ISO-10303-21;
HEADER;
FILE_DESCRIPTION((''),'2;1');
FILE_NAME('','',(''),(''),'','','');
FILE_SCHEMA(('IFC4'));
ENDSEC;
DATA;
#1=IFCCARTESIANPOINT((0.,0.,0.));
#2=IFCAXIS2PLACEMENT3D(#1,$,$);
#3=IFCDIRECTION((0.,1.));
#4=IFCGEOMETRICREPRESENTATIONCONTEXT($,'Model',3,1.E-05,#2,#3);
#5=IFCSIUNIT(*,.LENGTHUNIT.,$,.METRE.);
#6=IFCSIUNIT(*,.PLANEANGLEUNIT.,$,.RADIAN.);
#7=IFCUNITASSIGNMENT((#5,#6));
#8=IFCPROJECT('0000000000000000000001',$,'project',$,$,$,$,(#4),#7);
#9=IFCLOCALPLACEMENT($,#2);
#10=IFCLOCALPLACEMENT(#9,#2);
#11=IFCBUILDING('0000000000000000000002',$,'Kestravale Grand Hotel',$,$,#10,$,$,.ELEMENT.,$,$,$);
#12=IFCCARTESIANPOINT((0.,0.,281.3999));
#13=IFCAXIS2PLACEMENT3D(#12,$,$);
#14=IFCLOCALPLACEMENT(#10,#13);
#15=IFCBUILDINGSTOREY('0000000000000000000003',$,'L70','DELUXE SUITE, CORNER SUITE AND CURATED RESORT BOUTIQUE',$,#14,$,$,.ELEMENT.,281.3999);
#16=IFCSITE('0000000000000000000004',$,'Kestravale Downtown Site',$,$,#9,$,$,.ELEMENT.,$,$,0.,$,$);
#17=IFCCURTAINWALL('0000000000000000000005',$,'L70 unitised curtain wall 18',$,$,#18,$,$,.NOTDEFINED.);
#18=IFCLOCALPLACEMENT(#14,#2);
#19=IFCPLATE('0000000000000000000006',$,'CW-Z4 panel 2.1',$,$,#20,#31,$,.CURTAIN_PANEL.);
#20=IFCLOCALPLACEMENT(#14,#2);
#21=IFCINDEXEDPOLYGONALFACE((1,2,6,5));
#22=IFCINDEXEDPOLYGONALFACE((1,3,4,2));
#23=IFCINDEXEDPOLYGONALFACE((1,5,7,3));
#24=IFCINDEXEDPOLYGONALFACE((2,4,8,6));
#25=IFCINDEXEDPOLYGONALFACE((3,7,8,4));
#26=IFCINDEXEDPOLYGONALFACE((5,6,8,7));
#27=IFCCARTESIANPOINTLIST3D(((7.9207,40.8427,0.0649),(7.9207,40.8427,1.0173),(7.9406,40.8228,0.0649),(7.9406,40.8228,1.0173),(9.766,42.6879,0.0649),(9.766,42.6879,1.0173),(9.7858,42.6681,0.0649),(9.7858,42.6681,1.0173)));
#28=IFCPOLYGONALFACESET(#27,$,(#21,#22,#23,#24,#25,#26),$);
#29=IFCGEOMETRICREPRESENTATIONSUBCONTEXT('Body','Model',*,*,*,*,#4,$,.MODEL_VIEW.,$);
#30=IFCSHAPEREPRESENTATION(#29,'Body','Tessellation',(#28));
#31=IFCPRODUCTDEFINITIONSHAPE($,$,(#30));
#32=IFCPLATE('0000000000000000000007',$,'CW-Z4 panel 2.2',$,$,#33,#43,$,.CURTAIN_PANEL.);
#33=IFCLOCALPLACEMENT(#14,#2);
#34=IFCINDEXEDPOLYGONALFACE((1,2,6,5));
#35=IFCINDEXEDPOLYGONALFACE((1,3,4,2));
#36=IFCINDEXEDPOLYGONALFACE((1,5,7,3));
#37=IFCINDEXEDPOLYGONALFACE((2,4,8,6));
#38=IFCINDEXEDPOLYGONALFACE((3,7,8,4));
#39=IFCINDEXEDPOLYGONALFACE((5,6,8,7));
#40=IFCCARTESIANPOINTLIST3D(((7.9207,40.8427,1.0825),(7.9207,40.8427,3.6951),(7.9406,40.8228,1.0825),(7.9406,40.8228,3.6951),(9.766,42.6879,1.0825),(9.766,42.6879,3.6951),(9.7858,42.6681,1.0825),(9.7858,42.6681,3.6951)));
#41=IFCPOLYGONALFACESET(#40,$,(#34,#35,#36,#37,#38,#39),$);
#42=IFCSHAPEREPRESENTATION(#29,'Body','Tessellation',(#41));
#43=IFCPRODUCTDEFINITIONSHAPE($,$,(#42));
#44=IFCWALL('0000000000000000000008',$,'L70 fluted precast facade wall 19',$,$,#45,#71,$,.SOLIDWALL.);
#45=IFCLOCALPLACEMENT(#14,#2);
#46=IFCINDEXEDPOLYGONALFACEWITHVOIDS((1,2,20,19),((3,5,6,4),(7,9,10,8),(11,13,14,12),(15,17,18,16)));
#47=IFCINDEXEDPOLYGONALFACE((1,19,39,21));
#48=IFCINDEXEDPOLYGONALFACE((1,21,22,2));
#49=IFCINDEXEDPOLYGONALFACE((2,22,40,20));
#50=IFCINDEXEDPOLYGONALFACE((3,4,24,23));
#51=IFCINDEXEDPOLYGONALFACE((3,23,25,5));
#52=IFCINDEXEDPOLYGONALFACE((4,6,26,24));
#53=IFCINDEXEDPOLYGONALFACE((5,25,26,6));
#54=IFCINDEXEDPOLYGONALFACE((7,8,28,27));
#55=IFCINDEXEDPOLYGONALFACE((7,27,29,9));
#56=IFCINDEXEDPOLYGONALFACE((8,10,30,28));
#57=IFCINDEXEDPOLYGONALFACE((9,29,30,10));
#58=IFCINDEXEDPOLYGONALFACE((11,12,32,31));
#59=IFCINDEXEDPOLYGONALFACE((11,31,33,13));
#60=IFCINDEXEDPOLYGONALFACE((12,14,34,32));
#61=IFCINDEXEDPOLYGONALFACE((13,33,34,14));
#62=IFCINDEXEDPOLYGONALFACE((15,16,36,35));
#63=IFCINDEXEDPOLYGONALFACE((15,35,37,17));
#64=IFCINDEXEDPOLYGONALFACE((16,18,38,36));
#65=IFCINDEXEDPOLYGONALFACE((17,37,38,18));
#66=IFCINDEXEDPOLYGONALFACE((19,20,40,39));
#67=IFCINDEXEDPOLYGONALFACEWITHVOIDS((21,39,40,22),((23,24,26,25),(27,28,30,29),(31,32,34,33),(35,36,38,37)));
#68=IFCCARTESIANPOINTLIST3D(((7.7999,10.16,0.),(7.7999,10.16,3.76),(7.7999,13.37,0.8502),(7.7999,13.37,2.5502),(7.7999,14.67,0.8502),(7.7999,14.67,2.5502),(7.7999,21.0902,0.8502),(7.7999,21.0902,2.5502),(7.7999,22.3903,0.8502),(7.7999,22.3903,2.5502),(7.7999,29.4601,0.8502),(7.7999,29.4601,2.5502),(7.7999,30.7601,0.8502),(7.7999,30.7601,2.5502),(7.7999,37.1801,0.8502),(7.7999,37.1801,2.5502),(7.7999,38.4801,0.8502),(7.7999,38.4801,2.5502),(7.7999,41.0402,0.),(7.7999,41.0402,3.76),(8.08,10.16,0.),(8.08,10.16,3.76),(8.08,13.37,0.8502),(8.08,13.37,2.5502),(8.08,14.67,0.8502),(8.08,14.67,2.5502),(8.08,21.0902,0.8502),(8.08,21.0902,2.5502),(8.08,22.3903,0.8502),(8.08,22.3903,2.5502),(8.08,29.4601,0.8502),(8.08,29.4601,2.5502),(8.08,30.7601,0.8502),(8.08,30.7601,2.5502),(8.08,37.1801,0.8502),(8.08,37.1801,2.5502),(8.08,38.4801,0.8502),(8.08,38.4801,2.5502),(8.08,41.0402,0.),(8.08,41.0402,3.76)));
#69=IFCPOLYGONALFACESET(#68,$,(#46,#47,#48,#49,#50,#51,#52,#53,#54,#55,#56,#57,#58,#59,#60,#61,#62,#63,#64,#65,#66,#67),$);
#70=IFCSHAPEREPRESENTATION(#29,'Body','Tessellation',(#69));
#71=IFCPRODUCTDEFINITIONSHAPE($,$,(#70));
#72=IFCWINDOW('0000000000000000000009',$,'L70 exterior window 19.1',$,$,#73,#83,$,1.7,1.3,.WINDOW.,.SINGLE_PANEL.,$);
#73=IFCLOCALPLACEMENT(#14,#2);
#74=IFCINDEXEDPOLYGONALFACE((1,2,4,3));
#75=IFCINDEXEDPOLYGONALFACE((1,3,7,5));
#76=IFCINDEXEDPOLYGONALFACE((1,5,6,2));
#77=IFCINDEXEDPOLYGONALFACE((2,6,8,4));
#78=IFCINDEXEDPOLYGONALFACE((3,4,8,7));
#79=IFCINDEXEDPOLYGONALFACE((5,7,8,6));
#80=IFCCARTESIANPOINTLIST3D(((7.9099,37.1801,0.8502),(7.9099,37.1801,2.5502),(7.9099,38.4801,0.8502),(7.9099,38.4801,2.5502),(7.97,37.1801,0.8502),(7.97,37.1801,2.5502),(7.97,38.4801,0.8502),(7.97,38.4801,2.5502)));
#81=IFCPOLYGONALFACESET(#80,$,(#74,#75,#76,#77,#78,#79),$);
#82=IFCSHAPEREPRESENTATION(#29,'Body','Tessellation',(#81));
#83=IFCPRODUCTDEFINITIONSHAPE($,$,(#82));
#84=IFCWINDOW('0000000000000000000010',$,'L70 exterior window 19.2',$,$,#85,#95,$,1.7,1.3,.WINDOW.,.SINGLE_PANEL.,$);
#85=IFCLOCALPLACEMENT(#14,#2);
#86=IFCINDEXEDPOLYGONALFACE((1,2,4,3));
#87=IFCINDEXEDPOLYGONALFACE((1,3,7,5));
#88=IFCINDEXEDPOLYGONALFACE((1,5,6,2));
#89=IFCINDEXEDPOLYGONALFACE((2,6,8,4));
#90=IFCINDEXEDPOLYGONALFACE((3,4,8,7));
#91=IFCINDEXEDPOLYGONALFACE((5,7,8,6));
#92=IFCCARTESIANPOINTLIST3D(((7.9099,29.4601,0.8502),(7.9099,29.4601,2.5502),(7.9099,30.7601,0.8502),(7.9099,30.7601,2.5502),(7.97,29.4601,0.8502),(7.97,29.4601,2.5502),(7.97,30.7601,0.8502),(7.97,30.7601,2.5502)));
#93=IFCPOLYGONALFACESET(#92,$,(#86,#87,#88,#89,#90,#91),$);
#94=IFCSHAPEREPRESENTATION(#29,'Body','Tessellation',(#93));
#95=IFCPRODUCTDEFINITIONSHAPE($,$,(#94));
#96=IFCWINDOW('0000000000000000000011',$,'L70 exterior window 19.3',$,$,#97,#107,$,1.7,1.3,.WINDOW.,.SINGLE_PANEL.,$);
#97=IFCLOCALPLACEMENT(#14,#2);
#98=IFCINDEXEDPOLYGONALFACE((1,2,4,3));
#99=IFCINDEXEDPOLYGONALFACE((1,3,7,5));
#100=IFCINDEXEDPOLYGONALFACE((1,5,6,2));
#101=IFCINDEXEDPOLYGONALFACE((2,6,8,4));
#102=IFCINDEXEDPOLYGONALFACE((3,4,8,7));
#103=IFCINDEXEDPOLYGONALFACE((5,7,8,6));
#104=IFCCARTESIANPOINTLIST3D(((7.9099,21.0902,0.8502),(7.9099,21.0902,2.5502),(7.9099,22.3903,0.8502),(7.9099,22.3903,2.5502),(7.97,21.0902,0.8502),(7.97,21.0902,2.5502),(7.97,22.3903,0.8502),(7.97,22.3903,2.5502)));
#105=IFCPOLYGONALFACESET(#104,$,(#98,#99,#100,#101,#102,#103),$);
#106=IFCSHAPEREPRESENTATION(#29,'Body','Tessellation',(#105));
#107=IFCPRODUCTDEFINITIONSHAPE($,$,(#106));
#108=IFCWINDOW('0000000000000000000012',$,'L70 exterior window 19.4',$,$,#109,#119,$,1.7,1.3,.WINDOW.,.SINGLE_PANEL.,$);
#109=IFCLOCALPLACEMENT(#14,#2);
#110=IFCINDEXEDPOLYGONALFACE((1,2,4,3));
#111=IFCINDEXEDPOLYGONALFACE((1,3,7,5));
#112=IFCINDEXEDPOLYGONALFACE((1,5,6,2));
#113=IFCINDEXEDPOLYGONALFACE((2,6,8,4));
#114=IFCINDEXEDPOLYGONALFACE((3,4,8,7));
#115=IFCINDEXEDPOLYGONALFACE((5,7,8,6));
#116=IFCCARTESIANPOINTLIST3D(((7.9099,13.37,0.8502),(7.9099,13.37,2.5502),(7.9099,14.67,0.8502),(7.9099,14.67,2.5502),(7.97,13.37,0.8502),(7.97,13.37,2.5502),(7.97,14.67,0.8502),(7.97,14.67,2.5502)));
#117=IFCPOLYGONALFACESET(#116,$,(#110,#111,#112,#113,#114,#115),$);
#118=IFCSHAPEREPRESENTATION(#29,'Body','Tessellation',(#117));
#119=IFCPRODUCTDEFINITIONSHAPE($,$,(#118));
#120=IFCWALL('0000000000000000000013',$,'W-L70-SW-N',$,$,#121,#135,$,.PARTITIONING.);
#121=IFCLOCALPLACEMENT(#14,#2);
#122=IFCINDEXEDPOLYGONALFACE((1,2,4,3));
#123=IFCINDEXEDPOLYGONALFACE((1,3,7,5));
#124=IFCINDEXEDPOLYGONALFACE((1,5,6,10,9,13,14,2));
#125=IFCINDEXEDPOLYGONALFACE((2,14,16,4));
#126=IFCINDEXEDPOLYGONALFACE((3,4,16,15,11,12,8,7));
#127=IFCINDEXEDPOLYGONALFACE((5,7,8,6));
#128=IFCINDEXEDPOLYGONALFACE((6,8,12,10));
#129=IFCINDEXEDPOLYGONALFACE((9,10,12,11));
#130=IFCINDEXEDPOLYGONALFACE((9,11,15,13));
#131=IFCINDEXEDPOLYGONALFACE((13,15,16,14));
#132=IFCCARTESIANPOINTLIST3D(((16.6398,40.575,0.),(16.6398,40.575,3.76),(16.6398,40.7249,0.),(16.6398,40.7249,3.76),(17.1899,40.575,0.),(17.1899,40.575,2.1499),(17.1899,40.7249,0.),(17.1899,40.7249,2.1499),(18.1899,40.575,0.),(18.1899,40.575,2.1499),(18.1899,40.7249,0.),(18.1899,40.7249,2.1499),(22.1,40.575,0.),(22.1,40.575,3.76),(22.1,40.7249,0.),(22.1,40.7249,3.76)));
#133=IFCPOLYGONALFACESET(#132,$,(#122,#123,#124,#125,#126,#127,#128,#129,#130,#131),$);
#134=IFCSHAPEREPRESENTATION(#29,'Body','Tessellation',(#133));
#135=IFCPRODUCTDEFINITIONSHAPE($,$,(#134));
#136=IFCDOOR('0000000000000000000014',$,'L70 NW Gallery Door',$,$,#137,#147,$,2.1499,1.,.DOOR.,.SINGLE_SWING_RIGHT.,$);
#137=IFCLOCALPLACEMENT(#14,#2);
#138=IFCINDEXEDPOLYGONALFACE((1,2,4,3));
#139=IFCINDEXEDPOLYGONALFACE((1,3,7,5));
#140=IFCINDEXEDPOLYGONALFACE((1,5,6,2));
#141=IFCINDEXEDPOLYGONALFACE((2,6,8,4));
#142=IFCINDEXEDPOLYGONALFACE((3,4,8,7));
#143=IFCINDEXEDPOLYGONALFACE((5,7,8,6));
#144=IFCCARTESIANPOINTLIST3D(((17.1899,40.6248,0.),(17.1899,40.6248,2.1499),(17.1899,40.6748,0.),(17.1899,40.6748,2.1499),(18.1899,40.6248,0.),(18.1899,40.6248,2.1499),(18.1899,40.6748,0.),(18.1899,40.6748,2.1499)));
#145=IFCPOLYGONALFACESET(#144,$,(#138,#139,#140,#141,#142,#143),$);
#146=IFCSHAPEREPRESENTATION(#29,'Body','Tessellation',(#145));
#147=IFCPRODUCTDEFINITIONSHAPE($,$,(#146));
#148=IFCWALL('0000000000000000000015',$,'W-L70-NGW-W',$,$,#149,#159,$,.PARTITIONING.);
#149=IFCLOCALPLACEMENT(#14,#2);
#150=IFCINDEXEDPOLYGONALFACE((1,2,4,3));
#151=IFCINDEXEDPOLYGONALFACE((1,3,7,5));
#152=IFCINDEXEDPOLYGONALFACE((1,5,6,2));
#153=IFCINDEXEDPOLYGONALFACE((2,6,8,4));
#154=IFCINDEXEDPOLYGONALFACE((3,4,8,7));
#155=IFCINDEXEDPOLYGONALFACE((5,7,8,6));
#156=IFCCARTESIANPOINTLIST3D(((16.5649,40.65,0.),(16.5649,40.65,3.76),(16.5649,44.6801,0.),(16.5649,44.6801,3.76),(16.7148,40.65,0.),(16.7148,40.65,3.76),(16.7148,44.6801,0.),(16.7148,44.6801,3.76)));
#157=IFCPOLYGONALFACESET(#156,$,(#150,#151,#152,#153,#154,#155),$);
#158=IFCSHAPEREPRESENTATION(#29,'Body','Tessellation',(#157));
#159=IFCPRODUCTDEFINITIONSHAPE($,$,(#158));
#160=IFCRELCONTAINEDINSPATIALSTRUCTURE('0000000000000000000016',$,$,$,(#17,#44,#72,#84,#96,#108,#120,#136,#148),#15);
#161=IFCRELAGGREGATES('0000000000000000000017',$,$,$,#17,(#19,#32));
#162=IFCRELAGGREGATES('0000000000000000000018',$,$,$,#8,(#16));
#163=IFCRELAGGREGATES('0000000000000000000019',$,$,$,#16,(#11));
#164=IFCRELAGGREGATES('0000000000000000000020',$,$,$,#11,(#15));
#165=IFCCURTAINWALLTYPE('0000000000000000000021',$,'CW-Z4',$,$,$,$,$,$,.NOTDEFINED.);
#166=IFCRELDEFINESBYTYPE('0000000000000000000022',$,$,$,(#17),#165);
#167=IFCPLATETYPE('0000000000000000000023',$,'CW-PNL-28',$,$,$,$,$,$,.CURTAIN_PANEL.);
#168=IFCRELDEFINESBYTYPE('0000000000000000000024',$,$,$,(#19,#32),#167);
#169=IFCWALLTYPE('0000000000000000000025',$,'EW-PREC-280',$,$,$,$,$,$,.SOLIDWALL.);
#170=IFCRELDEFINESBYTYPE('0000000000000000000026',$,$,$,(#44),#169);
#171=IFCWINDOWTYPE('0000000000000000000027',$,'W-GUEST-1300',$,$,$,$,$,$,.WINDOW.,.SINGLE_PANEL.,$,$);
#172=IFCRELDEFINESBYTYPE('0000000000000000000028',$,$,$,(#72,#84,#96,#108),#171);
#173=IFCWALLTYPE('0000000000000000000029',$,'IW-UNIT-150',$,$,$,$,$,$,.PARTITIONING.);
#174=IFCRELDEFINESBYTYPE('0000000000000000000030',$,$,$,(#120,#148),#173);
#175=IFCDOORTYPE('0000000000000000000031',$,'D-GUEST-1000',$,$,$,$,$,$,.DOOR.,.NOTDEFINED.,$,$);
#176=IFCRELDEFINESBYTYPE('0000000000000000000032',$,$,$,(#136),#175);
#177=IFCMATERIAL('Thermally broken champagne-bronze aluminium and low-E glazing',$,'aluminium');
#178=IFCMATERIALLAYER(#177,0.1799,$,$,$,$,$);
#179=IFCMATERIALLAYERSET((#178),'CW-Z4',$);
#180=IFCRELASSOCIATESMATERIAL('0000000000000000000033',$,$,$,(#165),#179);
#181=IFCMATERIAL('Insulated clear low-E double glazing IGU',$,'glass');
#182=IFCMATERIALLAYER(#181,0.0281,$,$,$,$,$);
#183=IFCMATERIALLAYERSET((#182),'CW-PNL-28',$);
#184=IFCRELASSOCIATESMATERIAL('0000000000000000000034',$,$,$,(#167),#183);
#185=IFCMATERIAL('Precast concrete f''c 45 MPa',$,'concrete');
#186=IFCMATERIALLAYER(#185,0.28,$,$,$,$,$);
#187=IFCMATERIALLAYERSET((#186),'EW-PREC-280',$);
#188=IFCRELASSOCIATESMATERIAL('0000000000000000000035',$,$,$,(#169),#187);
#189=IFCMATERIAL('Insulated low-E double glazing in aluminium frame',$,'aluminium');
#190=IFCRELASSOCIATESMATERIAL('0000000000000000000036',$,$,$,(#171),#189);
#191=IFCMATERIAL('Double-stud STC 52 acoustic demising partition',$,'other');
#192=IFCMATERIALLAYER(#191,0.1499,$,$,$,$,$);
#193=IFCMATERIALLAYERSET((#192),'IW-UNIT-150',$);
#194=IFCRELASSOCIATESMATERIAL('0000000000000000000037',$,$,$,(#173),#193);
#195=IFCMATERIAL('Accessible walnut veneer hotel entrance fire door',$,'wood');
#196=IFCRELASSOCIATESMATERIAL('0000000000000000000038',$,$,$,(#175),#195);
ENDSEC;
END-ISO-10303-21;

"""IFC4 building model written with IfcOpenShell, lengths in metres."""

from ifc_helpers import new_model, si_unit, direction, frame, frame_2d, origin, origin_2d, place, context, subcontext, project, spatial, rectangle, extrude, material, layer, layer_set, type_object, element, fill, aggregate, save


model = new_model("IFC4")

# Units and contexts
model_context = context("Model", 3, precision=1e-05, world=origin(), true_north=direction((0.0, 1.0)))
body_context = subcontext(model_context, "Body", "Model", "MODEL_VIEW")
ifc_project = project(units=[si_unit("LENGTHUNIT", "METRE"), si_unit("PLANEANGLEUNIT", "RADIAN")], contexts=[model_context])

# Site, building, storey
site_placement = place(None, origin())
site = spatial("IfcSite", under=ifc_project, at=site_placement, Name="Kestravale Downtown Site", CompositionType="ELEMENT", RefElevation=0.0)
building_placement = place(site_placement, origin())
building = spatial("IfcBuilding", under=site, at=building_placement, Name="Kestravale Grand Hotel", CompositionType="ELEMENT")
storey_placement = place(building_placement, frame((0.0, 0.0, 281.3999)))
storey = spatial("IfcBuildingStorey", under=building, at=storey_placement, Name="L70", Description="DELUXE SUITE, CORNER SUITE AND CURATED RESORT BOUTIQUE", CompositionType="ELEMENT", Elevation=281.3999)

# Curtain wall, plates
ifc_material_1 = material(Name="Thermally broken champagne-bronze aluminium and low-E glazing", Category="aluminium")
ifc_layer_1 = layer(ifc_material_1, 0.1799)
ifc_layer_set_1 = layer_set([ifc_layer_1], Name="CW-Z4")
curtain_wall_type = type_object("IfcCurtainWallType", Name="CW-Z4", PredefinedType="NOTDEFINED", material=ifc_layer_set_1)
curtain_wall_placement = place(storey_placement, origin())
curtain_wall = element("IfcCurtainWall", 1, at=curtain_wall_placement, inside=storey, type_object=curtain_wall_type, Name="L70 unitised curtain wall 18", PredefinedType="NOTDEFINED")
ifc_material_2 = material(Name="Insulated clear low-E double glazing IGU", Category="glass")
ifc_layer_2 = layer(ifc_material_2, 0.0281)
ifc_layer_set_2 = layer_set([ifc_layer_2], Name="CW-PNL-28")
plate_type = type_object("IfcPlateType", Name="CW-PNL-28", PredefinedType="CURTAIN_PANEL", material=ifc_layer_set_2)
plate_1_placement = place(storey_placement, frame((8.8533, 41.7554, 0.0649), z_axis=(0.0, 0.0, 1.0), x_axis=(-0.707107, -0.707107, 0.0)))
plate_1 = element("IfcPlate", 2, at=plate_1_placement, type_object=plate_type, Name="CW-Z4 panel 2.1", PredefinedType="CURTAIN_PANEL", context=body_context, shape_type="SweptSolid", body=[
    extrude(rectangle(XDim=2.6096, YDim=0.0281, at=origin_2d()), origin(), (0.0, 0.0, 1.0), 0.9524),
])
plate_2_placement = place(storey_placement, frame((8.8533, 41.7554, 1.0825), z_axis=(0.0, 0.0, 1.0), x_axis=(-0.707107, -0.707107, 0.0)))
plate_2 = element("IfcPlate", 3, at=plate_2_placement, type_object=plate_type, Name="CW-Z4 panel 2.2", PredefinedType="CURTAIN_PANEL", context=body_context, shape_type="SweptSolid", body=[
    extrude(rectangle(XDim=2.6096, YDim=0.0281, at=origin_2d()), origin(), (0.0, 0.0, 1.0), 2.6125),
])
aggregate(curtain_wall, [plate_1, plate_2])

# Wall, openings, windows
ifc_material_3 = material(Name="Precast concrete f'c 45 MPa", Category="concrete")
ifc_layer_3 = layer(ifc_material_3, 0.28)
ifc_layer_set_3 = layer_set([ifc_layer_3], Name="EW-PREC-280")
wall_type_1 = type_object("IfcWallType", Name="EW-PREC-280", PredefinedType="SOLIDWALL", material=ifc_layer_set_3)
wall_1_placement = place(storey_placement, frame((7.9399, 41.04, 0.0), z_axis=(0.0, 0.0, 1.0), x_axis=(0.0, -1.0, 0.0)))
wall_1 = element("IfcWall", 4, at=wall_1_placement, inside=storey, type_object=wall_type_1, Name="L70 fluted precast facade wall 19", PredefinedType="SOLIDWALL", context=body_context, shape_type="SweptSolid", body=[
    extrude(rectangle(XDim=30.8801, YDim=0.28, at=frame_2d((15.4399, 0.0))), origin(), (0.0, 0.0, 1.0), 3.76),
])
opening_1_placement = place(wall_1_placement, frame((2.5601, 0.0, 0.8501)))
opening_1 = element("IfcOpeningElement", 5, at=opening_1_placement, cuts=wall_1, PredefinedType="OPENING", context=body_context, shape_type="SweptSolid", body=[
    extrude(rectangle(XDim=1.3, YDim=1.7, at=frame_2d((0.6499, 0.8501))), frame((0.0, 0.1499, 0.0), z_axis=(0.0, -1.0, 0.0), x_axis=(1.0, 0.0, 0.0)), (0.0, 0.0, 1.0), 0.3),
])
opening_2_placement = place(wall_1_placement, frame((10.28, 0.0, 0.8501)))
opening_2 = element("IfcOpeningElement", 6, at=opening_2_placement, cuts=wall_1, PredefinedType="OPENING", context=body_context, shape_type="SweptSolid", body=[
    extrude(rectangle(XDim=1.3, YDim=1.7, at=frame_2d((0.6499, 0.8501))), frame((0.0, 0.1499, 0.0), z_axis=(0.0, -1.0, 0.0), x_axis=(1.0, 0.0, 0.0)), (0.0, 0.0, 1.0), 0.3),
])
opening_3_placement = place(wall_1_placement, frame((18.6499, 0.0, 0.8501)))
opening_3 = element("IfcOpeningElement", 7, at=opening_3_placement, cuts=wall_1, PredefinedType="OPENING", context=body_context, shape_type="SweptSolid", body=[
    extrude(rectangle(XDim=1.3, YDim=1.7, at=frame_2d((0.6499, 0.8501))), frame((0.0, 0.1499, 0.0), z_axis=(0.0, -1.0, 0.0), x_axis=(1.0, 0.0, 0.0)), (0.0, 0.0, 1.0), 0.3),
])
opening_4_placement = place(wall_1_placement, frame((26.3701, 0.0, 0.8501)))
opening_4 = element("IfcOpeningElement", 8, at=opening_4_placement, cuts=wall_1, PredefinedType="OPENING", context=body_context, shape_type="SweptSolid", body=[
    extrude(rectangle(XDim=1.3, YDim=1.7, at=frame_2d((0.6499, 0.8501))), frame((0.0, 0.1499, 0.0), z_axis=(0.0, -1.0, 0.0), x_axis=(1.0, 0.0, 0.0)), (0.0, 0.0, 1.0), 0.3),
])
ifc_material_4 = material(Name="Insulated low-E double glazing in aluminium frame", Category="aluminium")
window_type = type_object("IfcWindowType", Name="W-GUEST-1300", PartitioningType="SINGLE_PANEL", PredefinedType="WINDOW", material=ifc_material_4)
window_1_placement = place(opening_1_placement, origin())
window_1 = element("IfcWindow", 9, at=window_1_placement, inside=storey, type_object=window_type, Name="L70 exterior window 19.1", OverallHeight=1.7, OverallWidth=1.3, PartitioningType="SINGLE_PANEL", PredefinedType="WINDOW", context=body_context, shape_type="SweptSolid", body=[
    extrude(rectangle(XDim=1.3, YDim=1.7, at=frame_2d((0.6499, 0.8501))), frame((0.0, 0.03, 0.0), z_axis=(0.0, -1.0, 0.0), x_axis=(1.0, 0.0, 0.0)), (0.0, 0.0, 1.0), 0.0601),
])
fill(opening_1, window_1)
window_2_placement = place(opening_2_placement, origin())
window_2 = element("IfcWindow", 10, at=window_2_placement, inside=storey, type_object=window_type, Name="L70 exterior window 19.2", OverallHeight=1.7, OverallWidth=1.3, PartitioningType="SINGLE_PANEL", PredefinedType="WINDOW", context=body_context, shape_type="SweptSolid", body=[
    extrude(rectangle(XDim=1.3, YDim=1.7, at=frame_2d((0.6499, 0.8501))), frame((0.0, 0.03, 0.0), z_axis=(0.0, -1.0, 0.0), x_axis=(1.0, 0.0, 0.0)), (0.0, 0.0, 1.0), 0.0601),
])
fill(opening_2, window_2)
window_3_placement = place(opening_3_placement, origin())
window_3 = element("IfcWindow", 11, at=window_3_placement, inside=storey, type_object=window_type, Name="L70 exterior window 19.3", OverallHeight=1.7, OverallWidth=1.3, PartitioningType="SINGLE_PANEL", PredefinedType="WINDOW", context=body_context, shape_type="SweptSolid", body=[
    extrude(rectangle(XDim=1.3, YDim=1.7, at=frame_2d((0.6499, 0.8501))), frame((0.0, 0.03, 0.0), z_axis=(0.0, -1.0, 0.0), x_axis=(1.0, 0.0, 0.0)), (0.0, 0.0, 1.0), 0.0601),
])
fill(opening_3, window_3)
window_4_placement = place(opening_4_placement, origin())
window_4 = element("IfcWindow", 12, at=window_4_placement, inside=storey, type_object=window_type, Name="L70 exterior window 19.4", OverallHeight=1.7, OverallWidth=1.3, PartitioningType="SINGLE_PANEL", PredefinedType="WINDOW", context=body_context, shape_type="SweptSolid", body=[
    extrude(rectangle(XDim=1.3, YDim=1.7, at=frame_2d((0.6499, 0.8501))), frame((0.0, 0.03, 0.0), z_axis=(0.0, -1.0, 0.0), x_axis=(1.0, 0.0, 0.0)), (0.0, 0.0, 1.0), 0.0601),
])
fill(opening_4, window_4)

# Wall, opening, door
ifc_material_5 = material(Name="Double-stud STC 52 acoustic demising partition", Category="other")
ifc_layer_4 = layer(ifc_material_5, 0.1499)
ifc_layer_set_4 = layer_set([ifc_layer_4], Name="IW-UNIT-150")
wall_type_2 = type_object("IfcWallType", Name="IW-UNIT-150", PredefinedType="PARTITIONING", material=ifc_layer_set_4)
wall_2_placement = place(storey_placement, frame((16.6399, 40.6499, 0.0), z_axis=(0.0, 0.0, 1.0), x_axis=(1.0, 0.0, 0.0)))
wall_2 = element("IfcWall", 13, at=wall_2_placement, inside=storey, type_object=wall_type_2, Name="W-L70-SW-N", PredefinedType="PARTITIONING", context=body_context, shape_type="SweptSolid", body=[
    extrude(rectangle(XDim=5.4602, YDim=0.1499, at=frame_2d((2.73, 0.0))), origin(), (0.0, 0.0, 1.0), 3.76),
])
opening_5_placement = place(wall_2_placement, frame((0.55, 0.0, 0.0)))
opening_5 = element("IfcOpeningElement", 14, at=opening_5_placement, cuts=wall_2, PredefinedType="OPENING", context=body_context, shape_type="SweptSolid", body=[
    extrude(rectangle(XDim=1.0, YDim=2.1499, at=frame_2d((0.5, 1.075))), frame((0.0, 0.085, 0.0), z_axis=(0.0, -1.0, 0.0), x_axis=(1.0, 0.0, 0.0)), (0.0, 0.0, 1.0), 0.1699),
])
ifc_material_6 = material(Name="Accessible walnut veneer hotel entrance fire door", Category="wood")
door_type = type_object("IfcDoorType", Name="D-GUEST-1000", OperationType="NOTDEFINED", PredefinedType="DOOR", material=ifc_material_6)
door_placement = place(opening_5_placement, origin())
door = element("IfcDoor", 15, at=door_placement, inside=storey, type_object=door_type, Name="L70 NW Gallery Door", OperationType="SINGLE_SWING_RIGHT", OverallHeight=2.1499, OverallWidth=1.0, PredefinedType="DOOR", context=body_context, shape_type="SweptSolid", body=[
    extrude(rectangle(XDim=1.0, YDim=2.1499, at=frame_2d((0.5, 1.075))), frame((0.0, 0.0249, 0.0), z_axis=(0.0, -1.0, 0.0), x_axis=(1.0, 0.0, 0.0)), (0.0, 0.0, 1.0), 0.05),
])
fill(opening_5, door)

# Wall
wall_3_placement = place(storey_placement, frame((16.6399, 40.6499, 0.0), z_axis=(0.0, 0.0, 1.0), x_axis=(0.0, 1.0, 0.0)))
element("IfcWall", 16, at=wall_3_placement, inside=storey, type_object=wall_type_2, Name="W-L70-NGW-W", PredefinedType="PARTITIONING", context=body_context, shape_type="SweptSolid", body=[
    extrude(rectangle(XDim=4.03, YDim=0.1499, at=frame_2d((2.0151, 0.0))), origin(), (0.0, 0.0, 1.0), 3.76),
])

save(model, "model.ifc")
